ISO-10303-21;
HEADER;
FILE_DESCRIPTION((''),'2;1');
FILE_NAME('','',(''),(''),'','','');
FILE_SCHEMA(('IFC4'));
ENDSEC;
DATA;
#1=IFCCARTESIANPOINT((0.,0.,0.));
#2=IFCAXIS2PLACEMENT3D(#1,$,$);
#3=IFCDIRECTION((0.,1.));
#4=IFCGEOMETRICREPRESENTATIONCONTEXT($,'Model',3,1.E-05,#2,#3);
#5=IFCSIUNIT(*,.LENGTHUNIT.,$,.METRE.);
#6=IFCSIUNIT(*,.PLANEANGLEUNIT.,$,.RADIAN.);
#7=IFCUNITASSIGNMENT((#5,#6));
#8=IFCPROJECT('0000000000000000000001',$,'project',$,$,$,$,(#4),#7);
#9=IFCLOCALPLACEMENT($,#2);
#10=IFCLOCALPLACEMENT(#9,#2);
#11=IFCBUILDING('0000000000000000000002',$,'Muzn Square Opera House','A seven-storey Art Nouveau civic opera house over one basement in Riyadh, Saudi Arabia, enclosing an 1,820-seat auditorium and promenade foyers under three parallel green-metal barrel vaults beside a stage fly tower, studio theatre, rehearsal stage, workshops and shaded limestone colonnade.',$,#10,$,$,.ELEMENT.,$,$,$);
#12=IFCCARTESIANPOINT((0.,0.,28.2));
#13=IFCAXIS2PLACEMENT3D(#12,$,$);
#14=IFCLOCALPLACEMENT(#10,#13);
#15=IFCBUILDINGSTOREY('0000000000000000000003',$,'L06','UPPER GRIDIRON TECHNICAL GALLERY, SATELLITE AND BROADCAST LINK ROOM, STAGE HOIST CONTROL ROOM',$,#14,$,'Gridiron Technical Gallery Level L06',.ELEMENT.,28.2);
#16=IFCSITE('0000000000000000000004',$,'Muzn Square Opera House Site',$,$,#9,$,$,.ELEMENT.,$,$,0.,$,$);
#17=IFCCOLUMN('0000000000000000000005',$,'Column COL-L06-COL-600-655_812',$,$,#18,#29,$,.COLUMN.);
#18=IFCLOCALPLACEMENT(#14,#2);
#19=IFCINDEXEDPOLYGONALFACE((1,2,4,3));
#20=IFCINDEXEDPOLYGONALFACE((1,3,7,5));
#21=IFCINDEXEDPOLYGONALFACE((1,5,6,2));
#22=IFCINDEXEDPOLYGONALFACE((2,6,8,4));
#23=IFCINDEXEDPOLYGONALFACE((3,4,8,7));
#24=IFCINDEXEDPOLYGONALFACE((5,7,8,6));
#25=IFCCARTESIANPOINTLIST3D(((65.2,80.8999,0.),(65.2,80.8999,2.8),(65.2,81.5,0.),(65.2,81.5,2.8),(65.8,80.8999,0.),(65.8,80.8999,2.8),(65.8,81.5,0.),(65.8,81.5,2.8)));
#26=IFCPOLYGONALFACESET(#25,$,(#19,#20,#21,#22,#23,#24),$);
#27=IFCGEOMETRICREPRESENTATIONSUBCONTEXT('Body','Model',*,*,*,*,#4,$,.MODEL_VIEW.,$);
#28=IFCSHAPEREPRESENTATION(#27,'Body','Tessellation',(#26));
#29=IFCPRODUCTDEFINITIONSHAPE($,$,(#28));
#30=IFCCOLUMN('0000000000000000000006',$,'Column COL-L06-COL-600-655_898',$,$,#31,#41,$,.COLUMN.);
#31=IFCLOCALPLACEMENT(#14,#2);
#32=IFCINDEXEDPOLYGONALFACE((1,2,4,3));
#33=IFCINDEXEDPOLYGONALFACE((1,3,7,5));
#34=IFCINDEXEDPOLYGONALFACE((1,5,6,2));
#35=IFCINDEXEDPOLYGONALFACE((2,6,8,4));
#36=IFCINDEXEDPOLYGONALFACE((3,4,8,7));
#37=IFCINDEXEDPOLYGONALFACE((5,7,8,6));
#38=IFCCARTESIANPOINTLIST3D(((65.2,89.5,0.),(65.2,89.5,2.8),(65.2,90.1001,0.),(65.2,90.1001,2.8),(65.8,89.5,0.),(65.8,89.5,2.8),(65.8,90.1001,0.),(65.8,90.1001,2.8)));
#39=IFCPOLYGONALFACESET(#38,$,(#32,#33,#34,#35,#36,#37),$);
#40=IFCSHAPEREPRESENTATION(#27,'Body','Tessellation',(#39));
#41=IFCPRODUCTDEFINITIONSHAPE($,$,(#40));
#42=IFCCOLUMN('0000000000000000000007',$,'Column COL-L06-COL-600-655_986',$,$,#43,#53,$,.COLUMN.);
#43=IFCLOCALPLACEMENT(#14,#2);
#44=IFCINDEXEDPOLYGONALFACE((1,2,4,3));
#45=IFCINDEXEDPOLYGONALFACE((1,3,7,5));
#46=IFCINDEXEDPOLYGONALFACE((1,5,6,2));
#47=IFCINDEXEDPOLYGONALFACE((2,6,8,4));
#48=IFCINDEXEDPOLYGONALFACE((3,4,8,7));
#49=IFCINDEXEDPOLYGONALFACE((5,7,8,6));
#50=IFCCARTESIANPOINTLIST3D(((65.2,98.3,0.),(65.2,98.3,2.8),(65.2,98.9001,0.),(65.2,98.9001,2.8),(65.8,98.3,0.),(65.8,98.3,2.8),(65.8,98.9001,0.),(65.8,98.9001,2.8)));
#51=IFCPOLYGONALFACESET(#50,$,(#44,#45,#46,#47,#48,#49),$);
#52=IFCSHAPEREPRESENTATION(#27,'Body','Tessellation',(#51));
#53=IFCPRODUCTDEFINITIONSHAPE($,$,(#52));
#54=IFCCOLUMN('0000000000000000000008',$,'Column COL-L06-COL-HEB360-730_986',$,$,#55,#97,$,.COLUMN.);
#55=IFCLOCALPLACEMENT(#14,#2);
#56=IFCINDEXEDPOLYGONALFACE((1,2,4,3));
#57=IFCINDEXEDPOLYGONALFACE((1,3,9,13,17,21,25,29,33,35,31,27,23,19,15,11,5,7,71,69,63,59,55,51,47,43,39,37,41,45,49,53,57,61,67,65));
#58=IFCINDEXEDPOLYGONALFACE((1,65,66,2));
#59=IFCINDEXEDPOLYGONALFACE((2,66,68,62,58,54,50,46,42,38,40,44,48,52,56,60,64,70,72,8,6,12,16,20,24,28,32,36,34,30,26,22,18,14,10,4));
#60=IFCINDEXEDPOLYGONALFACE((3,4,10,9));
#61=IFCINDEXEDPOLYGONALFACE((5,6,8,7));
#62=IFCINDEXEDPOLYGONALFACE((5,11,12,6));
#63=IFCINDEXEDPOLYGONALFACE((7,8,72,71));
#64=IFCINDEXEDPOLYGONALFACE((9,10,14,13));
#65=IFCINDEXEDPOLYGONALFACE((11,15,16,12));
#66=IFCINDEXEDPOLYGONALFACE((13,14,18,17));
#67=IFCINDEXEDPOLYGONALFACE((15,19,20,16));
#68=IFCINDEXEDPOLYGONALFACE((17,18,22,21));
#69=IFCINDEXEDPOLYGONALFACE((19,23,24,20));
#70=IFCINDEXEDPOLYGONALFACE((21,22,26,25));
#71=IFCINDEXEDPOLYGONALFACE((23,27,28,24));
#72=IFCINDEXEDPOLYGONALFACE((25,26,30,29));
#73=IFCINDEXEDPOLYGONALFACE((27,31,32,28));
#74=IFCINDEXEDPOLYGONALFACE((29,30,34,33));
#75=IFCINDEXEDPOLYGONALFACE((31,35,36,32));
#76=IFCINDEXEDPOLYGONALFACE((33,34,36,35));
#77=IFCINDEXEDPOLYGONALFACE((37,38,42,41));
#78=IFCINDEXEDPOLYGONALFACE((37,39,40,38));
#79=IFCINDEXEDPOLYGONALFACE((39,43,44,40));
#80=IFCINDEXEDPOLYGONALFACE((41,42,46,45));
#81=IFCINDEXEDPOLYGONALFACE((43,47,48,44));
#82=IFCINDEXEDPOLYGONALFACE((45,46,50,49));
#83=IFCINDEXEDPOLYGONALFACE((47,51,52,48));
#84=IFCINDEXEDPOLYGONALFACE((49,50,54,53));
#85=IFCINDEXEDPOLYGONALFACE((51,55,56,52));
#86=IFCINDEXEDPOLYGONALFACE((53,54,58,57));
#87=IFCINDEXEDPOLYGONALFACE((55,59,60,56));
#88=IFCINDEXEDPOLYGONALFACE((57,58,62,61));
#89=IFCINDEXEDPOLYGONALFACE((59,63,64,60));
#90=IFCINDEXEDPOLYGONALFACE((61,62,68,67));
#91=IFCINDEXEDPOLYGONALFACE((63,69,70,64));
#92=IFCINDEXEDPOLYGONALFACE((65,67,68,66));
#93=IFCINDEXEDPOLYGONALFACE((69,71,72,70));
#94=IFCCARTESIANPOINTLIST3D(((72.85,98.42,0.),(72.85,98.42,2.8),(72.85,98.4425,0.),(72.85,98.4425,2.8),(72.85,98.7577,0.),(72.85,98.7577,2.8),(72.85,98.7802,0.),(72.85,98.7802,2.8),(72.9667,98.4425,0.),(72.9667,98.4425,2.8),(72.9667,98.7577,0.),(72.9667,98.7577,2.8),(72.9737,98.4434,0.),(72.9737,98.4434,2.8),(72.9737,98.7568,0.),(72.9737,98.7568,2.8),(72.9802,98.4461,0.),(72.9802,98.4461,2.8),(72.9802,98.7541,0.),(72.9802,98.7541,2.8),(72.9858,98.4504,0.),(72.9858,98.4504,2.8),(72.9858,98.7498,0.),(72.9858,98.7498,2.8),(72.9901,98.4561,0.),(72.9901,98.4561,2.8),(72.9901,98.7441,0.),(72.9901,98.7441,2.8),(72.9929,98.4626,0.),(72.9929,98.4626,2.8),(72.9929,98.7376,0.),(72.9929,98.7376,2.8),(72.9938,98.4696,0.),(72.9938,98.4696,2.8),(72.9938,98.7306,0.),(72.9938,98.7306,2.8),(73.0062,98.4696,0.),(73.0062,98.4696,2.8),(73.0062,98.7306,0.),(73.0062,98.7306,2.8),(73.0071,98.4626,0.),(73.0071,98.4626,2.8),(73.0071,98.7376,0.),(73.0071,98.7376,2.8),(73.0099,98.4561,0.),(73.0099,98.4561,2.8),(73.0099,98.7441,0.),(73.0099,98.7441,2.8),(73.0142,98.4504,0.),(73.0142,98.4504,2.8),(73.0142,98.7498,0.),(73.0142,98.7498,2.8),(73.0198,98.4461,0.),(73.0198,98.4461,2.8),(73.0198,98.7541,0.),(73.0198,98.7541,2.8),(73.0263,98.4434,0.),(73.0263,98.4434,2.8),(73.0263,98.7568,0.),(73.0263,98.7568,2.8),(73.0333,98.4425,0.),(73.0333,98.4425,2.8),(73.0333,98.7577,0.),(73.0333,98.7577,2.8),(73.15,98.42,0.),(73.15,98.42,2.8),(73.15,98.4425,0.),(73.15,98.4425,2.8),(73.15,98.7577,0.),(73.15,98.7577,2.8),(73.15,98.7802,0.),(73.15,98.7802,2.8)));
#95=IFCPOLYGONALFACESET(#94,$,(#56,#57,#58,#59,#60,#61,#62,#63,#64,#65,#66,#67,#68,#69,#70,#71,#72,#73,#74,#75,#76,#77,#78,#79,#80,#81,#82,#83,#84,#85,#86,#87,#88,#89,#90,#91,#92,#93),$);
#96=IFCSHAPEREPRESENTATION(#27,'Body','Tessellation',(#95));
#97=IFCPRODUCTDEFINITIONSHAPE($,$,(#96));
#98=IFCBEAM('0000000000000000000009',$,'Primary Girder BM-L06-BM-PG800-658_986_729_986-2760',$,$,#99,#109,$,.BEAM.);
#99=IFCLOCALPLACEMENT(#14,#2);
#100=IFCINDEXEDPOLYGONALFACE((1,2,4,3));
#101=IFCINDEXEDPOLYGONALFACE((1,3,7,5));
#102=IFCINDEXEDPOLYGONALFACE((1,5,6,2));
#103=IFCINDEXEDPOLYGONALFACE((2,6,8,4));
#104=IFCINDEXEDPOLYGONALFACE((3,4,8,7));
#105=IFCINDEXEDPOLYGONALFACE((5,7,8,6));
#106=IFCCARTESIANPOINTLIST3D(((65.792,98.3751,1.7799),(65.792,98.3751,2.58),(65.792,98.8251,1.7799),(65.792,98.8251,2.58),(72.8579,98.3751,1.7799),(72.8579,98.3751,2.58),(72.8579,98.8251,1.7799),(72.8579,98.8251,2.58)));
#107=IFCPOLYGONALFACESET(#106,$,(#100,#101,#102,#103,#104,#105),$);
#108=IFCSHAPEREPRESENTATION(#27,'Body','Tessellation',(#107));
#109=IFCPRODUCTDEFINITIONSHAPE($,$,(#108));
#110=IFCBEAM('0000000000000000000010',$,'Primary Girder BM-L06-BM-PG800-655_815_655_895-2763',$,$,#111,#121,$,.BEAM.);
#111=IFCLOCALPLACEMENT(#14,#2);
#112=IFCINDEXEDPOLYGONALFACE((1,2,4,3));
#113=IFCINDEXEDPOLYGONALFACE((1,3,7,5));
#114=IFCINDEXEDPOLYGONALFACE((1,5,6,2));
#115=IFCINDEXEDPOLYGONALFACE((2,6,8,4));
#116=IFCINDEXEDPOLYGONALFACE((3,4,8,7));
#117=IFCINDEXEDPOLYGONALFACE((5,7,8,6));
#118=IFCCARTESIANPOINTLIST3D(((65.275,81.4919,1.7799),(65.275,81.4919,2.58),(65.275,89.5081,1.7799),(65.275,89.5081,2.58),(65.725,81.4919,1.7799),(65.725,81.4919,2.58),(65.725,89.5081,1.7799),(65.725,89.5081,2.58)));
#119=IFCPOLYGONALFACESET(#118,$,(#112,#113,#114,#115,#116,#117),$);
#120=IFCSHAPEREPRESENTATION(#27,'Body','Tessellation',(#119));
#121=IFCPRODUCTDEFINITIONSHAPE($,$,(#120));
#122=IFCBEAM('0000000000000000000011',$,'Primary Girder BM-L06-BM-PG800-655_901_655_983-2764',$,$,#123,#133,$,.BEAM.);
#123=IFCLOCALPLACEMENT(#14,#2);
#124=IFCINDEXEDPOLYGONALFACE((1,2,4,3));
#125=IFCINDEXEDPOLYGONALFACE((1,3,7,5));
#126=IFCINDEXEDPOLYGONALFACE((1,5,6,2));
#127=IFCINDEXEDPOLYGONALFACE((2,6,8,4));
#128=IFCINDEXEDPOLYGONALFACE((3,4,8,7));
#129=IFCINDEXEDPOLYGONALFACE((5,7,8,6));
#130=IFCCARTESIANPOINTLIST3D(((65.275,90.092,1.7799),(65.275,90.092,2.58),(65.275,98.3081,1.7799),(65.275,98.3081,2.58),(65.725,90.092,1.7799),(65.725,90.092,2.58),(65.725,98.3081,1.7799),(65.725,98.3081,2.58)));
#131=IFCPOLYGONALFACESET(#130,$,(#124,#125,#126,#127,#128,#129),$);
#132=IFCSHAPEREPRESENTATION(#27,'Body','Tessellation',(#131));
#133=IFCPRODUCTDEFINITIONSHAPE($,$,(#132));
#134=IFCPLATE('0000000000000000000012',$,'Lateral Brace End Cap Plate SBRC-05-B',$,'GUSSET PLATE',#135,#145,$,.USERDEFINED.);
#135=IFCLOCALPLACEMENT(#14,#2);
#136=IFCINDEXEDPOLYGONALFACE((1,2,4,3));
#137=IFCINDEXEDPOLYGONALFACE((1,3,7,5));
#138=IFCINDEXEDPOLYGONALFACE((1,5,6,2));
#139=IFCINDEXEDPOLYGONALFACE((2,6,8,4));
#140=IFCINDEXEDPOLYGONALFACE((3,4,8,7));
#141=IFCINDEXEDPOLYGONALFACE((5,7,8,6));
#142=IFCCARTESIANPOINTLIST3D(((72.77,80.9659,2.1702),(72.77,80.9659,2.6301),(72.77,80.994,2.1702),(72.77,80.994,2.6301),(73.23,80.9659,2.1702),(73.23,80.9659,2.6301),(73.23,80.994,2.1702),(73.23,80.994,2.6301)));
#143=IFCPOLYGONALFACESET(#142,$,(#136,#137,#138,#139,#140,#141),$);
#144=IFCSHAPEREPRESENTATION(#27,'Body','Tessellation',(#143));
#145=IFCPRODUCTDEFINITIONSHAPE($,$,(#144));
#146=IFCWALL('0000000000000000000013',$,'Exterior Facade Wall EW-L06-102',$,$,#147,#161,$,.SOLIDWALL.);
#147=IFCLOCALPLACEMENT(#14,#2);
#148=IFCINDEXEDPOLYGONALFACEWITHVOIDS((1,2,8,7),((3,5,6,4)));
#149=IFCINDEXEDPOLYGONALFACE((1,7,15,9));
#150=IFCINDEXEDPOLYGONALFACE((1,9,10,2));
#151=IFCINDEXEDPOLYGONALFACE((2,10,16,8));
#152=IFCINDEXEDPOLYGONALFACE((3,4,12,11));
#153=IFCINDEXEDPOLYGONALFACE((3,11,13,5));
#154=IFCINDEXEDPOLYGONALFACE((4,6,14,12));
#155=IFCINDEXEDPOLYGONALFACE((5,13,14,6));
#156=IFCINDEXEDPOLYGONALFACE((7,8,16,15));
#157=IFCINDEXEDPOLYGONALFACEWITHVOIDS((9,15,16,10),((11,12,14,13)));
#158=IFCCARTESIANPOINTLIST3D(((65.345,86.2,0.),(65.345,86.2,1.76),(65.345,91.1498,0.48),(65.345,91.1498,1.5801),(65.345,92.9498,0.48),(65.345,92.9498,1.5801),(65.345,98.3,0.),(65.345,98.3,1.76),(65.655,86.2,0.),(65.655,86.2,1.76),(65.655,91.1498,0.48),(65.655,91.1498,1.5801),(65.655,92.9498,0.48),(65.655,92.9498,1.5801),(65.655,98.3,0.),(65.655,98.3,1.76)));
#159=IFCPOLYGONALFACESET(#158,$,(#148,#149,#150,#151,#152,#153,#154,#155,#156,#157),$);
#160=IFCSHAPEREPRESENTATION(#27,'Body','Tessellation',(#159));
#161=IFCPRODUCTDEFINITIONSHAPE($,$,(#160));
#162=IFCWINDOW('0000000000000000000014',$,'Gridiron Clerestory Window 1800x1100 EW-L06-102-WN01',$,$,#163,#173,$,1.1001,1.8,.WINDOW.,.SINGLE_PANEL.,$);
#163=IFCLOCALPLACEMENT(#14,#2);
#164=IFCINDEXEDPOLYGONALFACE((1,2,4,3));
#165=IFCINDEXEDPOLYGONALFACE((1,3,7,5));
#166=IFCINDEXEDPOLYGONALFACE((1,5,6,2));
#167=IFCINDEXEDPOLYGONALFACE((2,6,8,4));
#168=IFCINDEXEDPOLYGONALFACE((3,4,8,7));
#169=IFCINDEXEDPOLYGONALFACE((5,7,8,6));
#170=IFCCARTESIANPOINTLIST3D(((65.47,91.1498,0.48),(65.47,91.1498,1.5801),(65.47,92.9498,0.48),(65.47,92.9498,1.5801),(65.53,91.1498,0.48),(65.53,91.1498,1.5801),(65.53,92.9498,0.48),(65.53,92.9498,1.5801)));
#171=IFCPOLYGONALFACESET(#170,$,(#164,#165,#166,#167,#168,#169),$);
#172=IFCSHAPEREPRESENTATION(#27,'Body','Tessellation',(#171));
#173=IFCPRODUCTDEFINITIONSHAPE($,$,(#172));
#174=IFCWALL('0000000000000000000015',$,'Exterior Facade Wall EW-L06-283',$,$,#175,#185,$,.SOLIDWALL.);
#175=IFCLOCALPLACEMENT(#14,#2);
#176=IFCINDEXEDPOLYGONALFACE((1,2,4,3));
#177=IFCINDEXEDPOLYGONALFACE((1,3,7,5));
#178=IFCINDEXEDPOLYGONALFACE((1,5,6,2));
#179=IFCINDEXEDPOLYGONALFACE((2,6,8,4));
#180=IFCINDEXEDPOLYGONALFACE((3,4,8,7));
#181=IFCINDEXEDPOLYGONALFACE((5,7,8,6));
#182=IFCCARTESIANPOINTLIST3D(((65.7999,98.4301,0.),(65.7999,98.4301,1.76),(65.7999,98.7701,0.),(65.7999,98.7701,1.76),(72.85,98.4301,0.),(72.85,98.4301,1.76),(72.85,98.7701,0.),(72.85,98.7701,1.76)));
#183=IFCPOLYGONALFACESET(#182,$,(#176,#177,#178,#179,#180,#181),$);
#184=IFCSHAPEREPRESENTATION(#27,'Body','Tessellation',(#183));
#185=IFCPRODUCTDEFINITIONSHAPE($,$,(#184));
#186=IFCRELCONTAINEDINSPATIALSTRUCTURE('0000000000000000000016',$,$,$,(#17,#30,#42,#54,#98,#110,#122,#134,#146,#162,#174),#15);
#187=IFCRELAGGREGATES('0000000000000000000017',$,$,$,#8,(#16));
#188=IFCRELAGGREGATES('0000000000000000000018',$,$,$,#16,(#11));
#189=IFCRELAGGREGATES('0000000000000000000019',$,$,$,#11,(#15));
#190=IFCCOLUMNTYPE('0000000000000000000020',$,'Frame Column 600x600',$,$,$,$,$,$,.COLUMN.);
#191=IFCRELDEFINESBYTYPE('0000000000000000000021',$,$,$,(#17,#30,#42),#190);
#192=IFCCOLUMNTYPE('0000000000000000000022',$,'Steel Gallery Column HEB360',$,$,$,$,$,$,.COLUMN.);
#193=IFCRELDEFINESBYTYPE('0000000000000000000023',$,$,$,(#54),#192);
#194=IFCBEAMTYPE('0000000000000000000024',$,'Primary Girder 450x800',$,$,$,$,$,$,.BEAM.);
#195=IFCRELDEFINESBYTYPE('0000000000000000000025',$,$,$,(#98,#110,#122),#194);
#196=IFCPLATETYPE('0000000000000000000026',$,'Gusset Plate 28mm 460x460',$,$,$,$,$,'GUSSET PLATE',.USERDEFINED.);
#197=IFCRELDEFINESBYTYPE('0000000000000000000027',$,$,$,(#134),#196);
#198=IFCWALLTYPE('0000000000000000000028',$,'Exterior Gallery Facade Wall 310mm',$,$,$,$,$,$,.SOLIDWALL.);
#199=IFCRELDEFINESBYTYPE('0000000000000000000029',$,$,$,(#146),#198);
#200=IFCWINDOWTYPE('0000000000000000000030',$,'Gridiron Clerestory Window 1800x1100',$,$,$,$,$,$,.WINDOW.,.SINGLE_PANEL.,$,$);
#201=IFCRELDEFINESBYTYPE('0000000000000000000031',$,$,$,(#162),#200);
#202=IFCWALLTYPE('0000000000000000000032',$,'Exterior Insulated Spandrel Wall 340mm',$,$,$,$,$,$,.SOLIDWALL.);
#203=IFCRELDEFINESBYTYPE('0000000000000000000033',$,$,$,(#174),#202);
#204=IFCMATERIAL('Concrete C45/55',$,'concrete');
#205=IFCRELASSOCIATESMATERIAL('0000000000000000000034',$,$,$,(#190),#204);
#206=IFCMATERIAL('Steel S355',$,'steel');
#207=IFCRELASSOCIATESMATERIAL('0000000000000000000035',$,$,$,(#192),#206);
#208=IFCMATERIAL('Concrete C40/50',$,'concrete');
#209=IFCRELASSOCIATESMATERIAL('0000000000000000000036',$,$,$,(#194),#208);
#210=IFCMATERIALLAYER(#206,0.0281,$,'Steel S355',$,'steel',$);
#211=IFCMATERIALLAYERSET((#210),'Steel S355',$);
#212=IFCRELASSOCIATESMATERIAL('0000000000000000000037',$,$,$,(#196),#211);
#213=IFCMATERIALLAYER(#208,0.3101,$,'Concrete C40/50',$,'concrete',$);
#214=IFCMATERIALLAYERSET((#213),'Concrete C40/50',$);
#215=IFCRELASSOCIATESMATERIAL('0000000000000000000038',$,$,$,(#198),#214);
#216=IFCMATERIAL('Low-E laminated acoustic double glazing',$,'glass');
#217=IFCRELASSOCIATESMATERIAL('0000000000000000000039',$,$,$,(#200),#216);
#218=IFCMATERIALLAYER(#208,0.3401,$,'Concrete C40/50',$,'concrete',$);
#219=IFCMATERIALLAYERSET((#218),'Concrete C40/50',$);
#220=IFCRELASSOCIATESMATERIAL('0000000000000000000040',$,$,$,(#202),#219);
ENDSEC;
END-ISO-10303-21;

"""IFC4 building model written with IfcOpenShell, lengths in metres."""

from ifc_helpers import new_model, si_unit, direction, frame, frame_2d, origin, origin_2d, place, context, subcontext, project, spatial, rectangle, i_section, extrude, material, layer, layer_set, material_profile, profile_set, type_object, element, fill, save


model = new_model("IFC4")

# Units and contexts
model_context = context("Model", 3, precision=1e-05, world=origin(), true_north=direction((0.0, 1.0)))
body_context = subcontext(model_context, "Body", "Model", "MODEL_VIEW")
ifc_project = project(units=[si_unit("LENGTHUNIT", "METRE"), si_unit("PLANEANGLEUNIT", "RADIAN")], contexts=[model_context])

# Site, building, storey
site_placement = place(None, origin())
site = spatial("IfcSite", under=ifc_project, at=site_placement, Name="Muzn Square Opera House Site", CompositionType="ELEMENT", RefElevation=0.0)
building_placement = place(site_placement, origin())
building = spatial("IfcBuilding", under=site, at=building_placement, Name="Muzn Square Opera House", Description="A seven-storey Art Nouveau civic opera house over one basement in Riyadh, Saudi Arabia, enclosing an 1,820-seat auditorium and promenade foyers under three parallel green-metal barrel vaults beside a stage fly tower, studio theatre, rehearsal stage, workshops and shaded limestone colonnade.", CompositionType="ELEMENT")
storey_placement = place(building_placement, frame((0.0, 0.0, 28.2)))
storey = spatial("IfcBuildingStorey", under=building, at=storey_placement, Name="L06", Description="UPPER GRIDIRON TECHNICAL GALLERY, SATELLITE AND BROADCAST LINK ROOM, STAGE HOIST CONTROL ROOM", LongName="Gridiron Technical Gallery Level L06", CompositionType="ELEMENT", Elevation=28.2)

# Columns
ifc_material_1 = material(Name="Concrete C45/55", Category="concrete")
ifc_material_profile_1 = material_profile(ifc_material_1, rectangle(XDim=0.6001, YDim=0.6001, at=origin_2d()), Name="RC 600x600", Category="concrete")
ifc_profile_set_1 = profile_set([ifc_material_profile_1], Name="Concrete C45/55")
column_type_1 = type_object("IfcColumnType", Name="Frame Column 600x600", PredefinedType="COLUMN", material=ifc_profile_set_1)
for number, where, z_axis, x_axis, name in (
    (1, (65.5, 81.2, 0.0), (0.0, 0.0, 1.0), (1.0, 0.0, 0.0), "Column COL-L06-COL-600-655_812"),
    (2, (65.5, 89.8, 0.0), (0.0, 0.0, 1.0), (1.0, 0.0, 0.0), "Column COL-L06-COL-600-655_898"),
    (3, (65.5, 98.6001, 0.0), (0.0, 0.0, 1.0), (1.0, 0.0, 0.0), "Column COL-L06-COL-600-655_986"),
):
    element("IfcColumn", number, at=place(storey_placement, frame(where, z_axis=z_axis, x_axis=x_axis)), inside=storey, type_object=column_type_1, Name=name, PredefinedType="COLUMN", context=body_context, shape_type="SweptSolid", body=[
        extrude(rectangle(XDim=0.6001, YDim=0.6001, at=origin_2d()), origin(), (0.0, 0.0, 1.0), 2.8),
    ])
ifc_material_2 = material(Name="Steel S355", Category="steel")
ifc_material_profile_2 = material_profile(ifc_material_2, i_section(OverallWidth=0.3, OverallDepth=0.3601, WebThickness=0.0125, FlangeThickness=0.0225, FilletRadius=0.0271, at=origin_2d()), Name="HEB 360", Category="steel")
ifc_profile_set_2 = profile_set([ifc_material_profile_2], Name="Steel S355")
column_type_2 = type_object("IfcColumnType", Name="Steel Gallery Column HEB360", PredefinedType="COLUMN", material=ifc_profile_set_2)
column_placement = place(storey_placement, frame((73.0, 98.6001, 0.0), z_axis=(0.0, 0.0, 1.0), x_axis=(1.0, 0.0, 0.0)))
element("IfcColumn", 4, at=column_placement, inside=storey, type_object=column_type_2, Name="Column COL-L06-COL-HEB360-730_986", PredefinedType="COLUMN", context=body_context, shape_type="SweptSolid", body=[
    extrude(i_section(OverallWidth=0.3, OverallDepth=0.3601, WebThickness=0.0125, FlangeThickness=0.0225, FilletRadius=0.0271, at=origin_2d()), origin(), (0.0, 0.0, 1.0), 2.8),
])

# Beams
ifc_material_3 = material(Name="Concrete C40/50", Category="concrete")
ifc_material_profile_3 = material_profile(ifc_material_3, rectangle(XDim=0.45, YDim=0.8, at=origin_2d()), Name="RCB 450x800", Category="concrete")
ifc_profile_set_3 = profile_set([ifc_material_profile_3], Name="Concrete C40/50")
beam_type = type_object("IfcBeamType", Name="Primary Girder 450x800", PredefinedType="BEAM", material=ifc_profile_set_3)
beam_1_placement = place(storey_placement, frame((65.792, 98.6001, 2.1799), z_axis=(1.0, 0.0, 0.0), x_axis=(0.0, 1.0, 0.0)))
element("IfcBeam", 5, at=beam_1_placement, inside=storey, type_object=beam_type, Name="Primary Girder BM-L06-BM-PG800-658_986_729_986-2760", PredefinedType="BEAM", context=body_context, shape_type="SweptSolid", body=[
    extrude(rectangle(XDim=0.45, YDim=0.8, at=origin_2d()), origin(), (0.0, 0.0, 1.0), 7.0659),
])
beam_2_placement = place(storey_placement, frame((65.5, 81.4919, 2.1799), z_axis=(0.0, 1.0, 0.0), x_axis=(-1.0, 0.0, 0.0)))
element("IfcBeam", 6, at=beam_2_placement, inside=storey, type_object=beam_type, Name="Primary Girder BM-L06-BM-PG800-655_815_655_895-2763", PredefinedType="BEAM", context=body_context, shape_type="SweptSolid", body=[
    extrude(rectangle(XDim=0.45, YDim=0.8, at=origin_2d()), origin(), (0.0, 0.0, 1.0), 8.0161),
])
beam_3_placement = place(storey_placement, frame((65.5, 90.092, 2.1799), z_axis=(0.0, 1.0, 0.0), x_axis=(-1.0, 0.0, 0.0)))
element("IfcBeam", 7, at=beam_3_placement, inside=storey, type_object=beam_type, Name="Primary Girder BM-L06-BM-PG800-655_901_655_983-2764", PredefinedType="BEAM", context=body_context, shape_type="SweptSolid", body=[
    extrude(rectangle(XDim=0.45, YDim=0.8, at=origin_2d()), origin(), (0.0, 0.0, 1.0), 8.2161),
])

# Plate
ifc_layer_1 = layer(ifc_material_2, 0.0281, Name="Steel S355", Category="steel")
ifc_layer_set_1 = layer_set([ifc_layer_1], Name="Steel S355")
plate_type = type_object("IfcPlateType", Name="Gusset Plate 28mm 460x460", ElementType="GUSSET PLATE", PredefinedType="USERDEFINED", material=ifc_layer_set_1)
plate_placement = place(storey_placement, frame((73.0, 80.98, 2.1702), z_axis=(0.0, 0.0, 1.0), x_axis=(1.0, 0.0, 0.0)))
element("IfcPlate", 8, at=plate_placement, inside=storey, type_object=plate_type, Name="Lateral Brace End Cap Plate SBRC-05-B", ObjectType="GUSSET PLATE", PredefinedType="USERDEFINED", context=body_context, shape_type="SweptSolid", body=[
    extrude(rectangle(XDim=0.46, YDim=0.0281, at=origin_2d()), origin(), (0.0, 0.0, 1.0), 0.46),
])

# Wall, opening, window
ifc_layer_2 = layer(ifc_material_3, 0.3101, Name="Concrete C40/50", Category="concrete")
ifc_layer_set_2 = layer_set([ifc_layer_2], Name="Concrete C40/50")
wall_type_1 = type_object("IfcWallType", Name="Exterior Gallery Facade Wall 310mm", PredefinedType="SOLIDWALL", material=ifc_layer_set_2)
wall_1_placement = place(storey_placement, frame((65.5, 86.2, 0.0), z_axis=(0.0, 0.0, 1.0), x_axis=(0.0, 1.0, 0.0)))
wall_1 = element("IfcWall", 9, at=wall_1_placement, inside=storey, type_object=wall_type_1, Name="Exterior Facade Wall EW-L06-102", PredefinedType="SOLIDWALL", context=body_context, shape_type="SweptSolid", body=[
    extrude(rectangle(XDim=12.1001, YDim=0.3101, at=frame_2d((6.05, 0.0))), origin(), (0.0, 0.0, 1.0), 1.76),
])
opening_1_placement = place(wall_1_placement, frame((4.95, 0.0, 0.48)))
opening_1 = element("IfcOpeningElement", 10, at=opening_1_placement, cuts=wall_1, PredefinedType="OPENING", context=body_context, shape_type="SweptSolid", body=[
    extrude(rectangle(XDim=1.8, YDim=1.1001, at=frame_2d((0.8999, 0.55))), frame((0.0, 0.165, 0.0), z_axis=(0.0, -1.0, 0.0), x_axis=(1.0, 0.0, 0.0)), (0.0, 0.0, 1.0), 0.3301),
])
ifc_material_4 = material(Name="Low-E laminated acoustic double glazing", Category="glass")
window_type = type_object("IfcWindowType", Name="Gridiron Clerestory Window 1800x1100", PartitioningType="SINGLE_PANEL", PredefinedType="WINDOW", material=ifc_material_4)
window_placement = place(opening_1_placement, origin())
window = element("IfcWindow", 11, at=window_placement, inside=storey, type_object=window_type, Name="Gridiron Clerestory Window 1800x1100 EW-L06-102-WN01", OverallHeight=1.1001, OverallWidth=1.8, PartitioningType="SINGLE_PANEL", PredefinedType="WINDOW", context=body_context, shape_type="SweptSolid", body=[
    extrude(rectangle(XDim=1.8, YDim=1.1001, at=frame_2d((0.8999, 0.55))), frame((0.0, 0.03, 0.0), z_axis=(0.0, -1.0, 0.0), x_axis=(1.0, 0.0, 0.0)), (0.0, 0.0, 1.0), 0.0601),
])
fill(opening_1, window)

# Wall
ifc_layer_3 = layer(ifc_material_3, 0.3401, Name="Concrete C40/50", Category="concrete")
ifc_layer_set_3 = layer_set([ifc_layer_3], Name="Concrete C40/50")
wall_type_2 = type_object("IfcWallType", Name="Exterior Insulated Spandrel Wall 340mm", PredefinedType="SOLIDWALL", material=ifc_layer_set_3)
wall_2_placement = place(storey_placement, frame((65.8, 98.6001, 0.0), z_axis=(0.0, 0.0, 1.0), x_axis=(1.0, 0.0, 0.0)))
element("IfcWall", 12, at=wall_2_placement, inside=storey, type_object=wall_type_2, Name="Exterior Facade Wall EW-L06-283", PredefinedType="SOLIDWALL", context=body_context, shape_type="SweptSolid", body=[
    extrude(rectangle(XDim=7.05, YDim=0.3401, at=frame_2d((3.5249, 0.0))), origin(), (0.0, 0.0, 1.0), 1.76),
])

save(model, "model.ifc")
